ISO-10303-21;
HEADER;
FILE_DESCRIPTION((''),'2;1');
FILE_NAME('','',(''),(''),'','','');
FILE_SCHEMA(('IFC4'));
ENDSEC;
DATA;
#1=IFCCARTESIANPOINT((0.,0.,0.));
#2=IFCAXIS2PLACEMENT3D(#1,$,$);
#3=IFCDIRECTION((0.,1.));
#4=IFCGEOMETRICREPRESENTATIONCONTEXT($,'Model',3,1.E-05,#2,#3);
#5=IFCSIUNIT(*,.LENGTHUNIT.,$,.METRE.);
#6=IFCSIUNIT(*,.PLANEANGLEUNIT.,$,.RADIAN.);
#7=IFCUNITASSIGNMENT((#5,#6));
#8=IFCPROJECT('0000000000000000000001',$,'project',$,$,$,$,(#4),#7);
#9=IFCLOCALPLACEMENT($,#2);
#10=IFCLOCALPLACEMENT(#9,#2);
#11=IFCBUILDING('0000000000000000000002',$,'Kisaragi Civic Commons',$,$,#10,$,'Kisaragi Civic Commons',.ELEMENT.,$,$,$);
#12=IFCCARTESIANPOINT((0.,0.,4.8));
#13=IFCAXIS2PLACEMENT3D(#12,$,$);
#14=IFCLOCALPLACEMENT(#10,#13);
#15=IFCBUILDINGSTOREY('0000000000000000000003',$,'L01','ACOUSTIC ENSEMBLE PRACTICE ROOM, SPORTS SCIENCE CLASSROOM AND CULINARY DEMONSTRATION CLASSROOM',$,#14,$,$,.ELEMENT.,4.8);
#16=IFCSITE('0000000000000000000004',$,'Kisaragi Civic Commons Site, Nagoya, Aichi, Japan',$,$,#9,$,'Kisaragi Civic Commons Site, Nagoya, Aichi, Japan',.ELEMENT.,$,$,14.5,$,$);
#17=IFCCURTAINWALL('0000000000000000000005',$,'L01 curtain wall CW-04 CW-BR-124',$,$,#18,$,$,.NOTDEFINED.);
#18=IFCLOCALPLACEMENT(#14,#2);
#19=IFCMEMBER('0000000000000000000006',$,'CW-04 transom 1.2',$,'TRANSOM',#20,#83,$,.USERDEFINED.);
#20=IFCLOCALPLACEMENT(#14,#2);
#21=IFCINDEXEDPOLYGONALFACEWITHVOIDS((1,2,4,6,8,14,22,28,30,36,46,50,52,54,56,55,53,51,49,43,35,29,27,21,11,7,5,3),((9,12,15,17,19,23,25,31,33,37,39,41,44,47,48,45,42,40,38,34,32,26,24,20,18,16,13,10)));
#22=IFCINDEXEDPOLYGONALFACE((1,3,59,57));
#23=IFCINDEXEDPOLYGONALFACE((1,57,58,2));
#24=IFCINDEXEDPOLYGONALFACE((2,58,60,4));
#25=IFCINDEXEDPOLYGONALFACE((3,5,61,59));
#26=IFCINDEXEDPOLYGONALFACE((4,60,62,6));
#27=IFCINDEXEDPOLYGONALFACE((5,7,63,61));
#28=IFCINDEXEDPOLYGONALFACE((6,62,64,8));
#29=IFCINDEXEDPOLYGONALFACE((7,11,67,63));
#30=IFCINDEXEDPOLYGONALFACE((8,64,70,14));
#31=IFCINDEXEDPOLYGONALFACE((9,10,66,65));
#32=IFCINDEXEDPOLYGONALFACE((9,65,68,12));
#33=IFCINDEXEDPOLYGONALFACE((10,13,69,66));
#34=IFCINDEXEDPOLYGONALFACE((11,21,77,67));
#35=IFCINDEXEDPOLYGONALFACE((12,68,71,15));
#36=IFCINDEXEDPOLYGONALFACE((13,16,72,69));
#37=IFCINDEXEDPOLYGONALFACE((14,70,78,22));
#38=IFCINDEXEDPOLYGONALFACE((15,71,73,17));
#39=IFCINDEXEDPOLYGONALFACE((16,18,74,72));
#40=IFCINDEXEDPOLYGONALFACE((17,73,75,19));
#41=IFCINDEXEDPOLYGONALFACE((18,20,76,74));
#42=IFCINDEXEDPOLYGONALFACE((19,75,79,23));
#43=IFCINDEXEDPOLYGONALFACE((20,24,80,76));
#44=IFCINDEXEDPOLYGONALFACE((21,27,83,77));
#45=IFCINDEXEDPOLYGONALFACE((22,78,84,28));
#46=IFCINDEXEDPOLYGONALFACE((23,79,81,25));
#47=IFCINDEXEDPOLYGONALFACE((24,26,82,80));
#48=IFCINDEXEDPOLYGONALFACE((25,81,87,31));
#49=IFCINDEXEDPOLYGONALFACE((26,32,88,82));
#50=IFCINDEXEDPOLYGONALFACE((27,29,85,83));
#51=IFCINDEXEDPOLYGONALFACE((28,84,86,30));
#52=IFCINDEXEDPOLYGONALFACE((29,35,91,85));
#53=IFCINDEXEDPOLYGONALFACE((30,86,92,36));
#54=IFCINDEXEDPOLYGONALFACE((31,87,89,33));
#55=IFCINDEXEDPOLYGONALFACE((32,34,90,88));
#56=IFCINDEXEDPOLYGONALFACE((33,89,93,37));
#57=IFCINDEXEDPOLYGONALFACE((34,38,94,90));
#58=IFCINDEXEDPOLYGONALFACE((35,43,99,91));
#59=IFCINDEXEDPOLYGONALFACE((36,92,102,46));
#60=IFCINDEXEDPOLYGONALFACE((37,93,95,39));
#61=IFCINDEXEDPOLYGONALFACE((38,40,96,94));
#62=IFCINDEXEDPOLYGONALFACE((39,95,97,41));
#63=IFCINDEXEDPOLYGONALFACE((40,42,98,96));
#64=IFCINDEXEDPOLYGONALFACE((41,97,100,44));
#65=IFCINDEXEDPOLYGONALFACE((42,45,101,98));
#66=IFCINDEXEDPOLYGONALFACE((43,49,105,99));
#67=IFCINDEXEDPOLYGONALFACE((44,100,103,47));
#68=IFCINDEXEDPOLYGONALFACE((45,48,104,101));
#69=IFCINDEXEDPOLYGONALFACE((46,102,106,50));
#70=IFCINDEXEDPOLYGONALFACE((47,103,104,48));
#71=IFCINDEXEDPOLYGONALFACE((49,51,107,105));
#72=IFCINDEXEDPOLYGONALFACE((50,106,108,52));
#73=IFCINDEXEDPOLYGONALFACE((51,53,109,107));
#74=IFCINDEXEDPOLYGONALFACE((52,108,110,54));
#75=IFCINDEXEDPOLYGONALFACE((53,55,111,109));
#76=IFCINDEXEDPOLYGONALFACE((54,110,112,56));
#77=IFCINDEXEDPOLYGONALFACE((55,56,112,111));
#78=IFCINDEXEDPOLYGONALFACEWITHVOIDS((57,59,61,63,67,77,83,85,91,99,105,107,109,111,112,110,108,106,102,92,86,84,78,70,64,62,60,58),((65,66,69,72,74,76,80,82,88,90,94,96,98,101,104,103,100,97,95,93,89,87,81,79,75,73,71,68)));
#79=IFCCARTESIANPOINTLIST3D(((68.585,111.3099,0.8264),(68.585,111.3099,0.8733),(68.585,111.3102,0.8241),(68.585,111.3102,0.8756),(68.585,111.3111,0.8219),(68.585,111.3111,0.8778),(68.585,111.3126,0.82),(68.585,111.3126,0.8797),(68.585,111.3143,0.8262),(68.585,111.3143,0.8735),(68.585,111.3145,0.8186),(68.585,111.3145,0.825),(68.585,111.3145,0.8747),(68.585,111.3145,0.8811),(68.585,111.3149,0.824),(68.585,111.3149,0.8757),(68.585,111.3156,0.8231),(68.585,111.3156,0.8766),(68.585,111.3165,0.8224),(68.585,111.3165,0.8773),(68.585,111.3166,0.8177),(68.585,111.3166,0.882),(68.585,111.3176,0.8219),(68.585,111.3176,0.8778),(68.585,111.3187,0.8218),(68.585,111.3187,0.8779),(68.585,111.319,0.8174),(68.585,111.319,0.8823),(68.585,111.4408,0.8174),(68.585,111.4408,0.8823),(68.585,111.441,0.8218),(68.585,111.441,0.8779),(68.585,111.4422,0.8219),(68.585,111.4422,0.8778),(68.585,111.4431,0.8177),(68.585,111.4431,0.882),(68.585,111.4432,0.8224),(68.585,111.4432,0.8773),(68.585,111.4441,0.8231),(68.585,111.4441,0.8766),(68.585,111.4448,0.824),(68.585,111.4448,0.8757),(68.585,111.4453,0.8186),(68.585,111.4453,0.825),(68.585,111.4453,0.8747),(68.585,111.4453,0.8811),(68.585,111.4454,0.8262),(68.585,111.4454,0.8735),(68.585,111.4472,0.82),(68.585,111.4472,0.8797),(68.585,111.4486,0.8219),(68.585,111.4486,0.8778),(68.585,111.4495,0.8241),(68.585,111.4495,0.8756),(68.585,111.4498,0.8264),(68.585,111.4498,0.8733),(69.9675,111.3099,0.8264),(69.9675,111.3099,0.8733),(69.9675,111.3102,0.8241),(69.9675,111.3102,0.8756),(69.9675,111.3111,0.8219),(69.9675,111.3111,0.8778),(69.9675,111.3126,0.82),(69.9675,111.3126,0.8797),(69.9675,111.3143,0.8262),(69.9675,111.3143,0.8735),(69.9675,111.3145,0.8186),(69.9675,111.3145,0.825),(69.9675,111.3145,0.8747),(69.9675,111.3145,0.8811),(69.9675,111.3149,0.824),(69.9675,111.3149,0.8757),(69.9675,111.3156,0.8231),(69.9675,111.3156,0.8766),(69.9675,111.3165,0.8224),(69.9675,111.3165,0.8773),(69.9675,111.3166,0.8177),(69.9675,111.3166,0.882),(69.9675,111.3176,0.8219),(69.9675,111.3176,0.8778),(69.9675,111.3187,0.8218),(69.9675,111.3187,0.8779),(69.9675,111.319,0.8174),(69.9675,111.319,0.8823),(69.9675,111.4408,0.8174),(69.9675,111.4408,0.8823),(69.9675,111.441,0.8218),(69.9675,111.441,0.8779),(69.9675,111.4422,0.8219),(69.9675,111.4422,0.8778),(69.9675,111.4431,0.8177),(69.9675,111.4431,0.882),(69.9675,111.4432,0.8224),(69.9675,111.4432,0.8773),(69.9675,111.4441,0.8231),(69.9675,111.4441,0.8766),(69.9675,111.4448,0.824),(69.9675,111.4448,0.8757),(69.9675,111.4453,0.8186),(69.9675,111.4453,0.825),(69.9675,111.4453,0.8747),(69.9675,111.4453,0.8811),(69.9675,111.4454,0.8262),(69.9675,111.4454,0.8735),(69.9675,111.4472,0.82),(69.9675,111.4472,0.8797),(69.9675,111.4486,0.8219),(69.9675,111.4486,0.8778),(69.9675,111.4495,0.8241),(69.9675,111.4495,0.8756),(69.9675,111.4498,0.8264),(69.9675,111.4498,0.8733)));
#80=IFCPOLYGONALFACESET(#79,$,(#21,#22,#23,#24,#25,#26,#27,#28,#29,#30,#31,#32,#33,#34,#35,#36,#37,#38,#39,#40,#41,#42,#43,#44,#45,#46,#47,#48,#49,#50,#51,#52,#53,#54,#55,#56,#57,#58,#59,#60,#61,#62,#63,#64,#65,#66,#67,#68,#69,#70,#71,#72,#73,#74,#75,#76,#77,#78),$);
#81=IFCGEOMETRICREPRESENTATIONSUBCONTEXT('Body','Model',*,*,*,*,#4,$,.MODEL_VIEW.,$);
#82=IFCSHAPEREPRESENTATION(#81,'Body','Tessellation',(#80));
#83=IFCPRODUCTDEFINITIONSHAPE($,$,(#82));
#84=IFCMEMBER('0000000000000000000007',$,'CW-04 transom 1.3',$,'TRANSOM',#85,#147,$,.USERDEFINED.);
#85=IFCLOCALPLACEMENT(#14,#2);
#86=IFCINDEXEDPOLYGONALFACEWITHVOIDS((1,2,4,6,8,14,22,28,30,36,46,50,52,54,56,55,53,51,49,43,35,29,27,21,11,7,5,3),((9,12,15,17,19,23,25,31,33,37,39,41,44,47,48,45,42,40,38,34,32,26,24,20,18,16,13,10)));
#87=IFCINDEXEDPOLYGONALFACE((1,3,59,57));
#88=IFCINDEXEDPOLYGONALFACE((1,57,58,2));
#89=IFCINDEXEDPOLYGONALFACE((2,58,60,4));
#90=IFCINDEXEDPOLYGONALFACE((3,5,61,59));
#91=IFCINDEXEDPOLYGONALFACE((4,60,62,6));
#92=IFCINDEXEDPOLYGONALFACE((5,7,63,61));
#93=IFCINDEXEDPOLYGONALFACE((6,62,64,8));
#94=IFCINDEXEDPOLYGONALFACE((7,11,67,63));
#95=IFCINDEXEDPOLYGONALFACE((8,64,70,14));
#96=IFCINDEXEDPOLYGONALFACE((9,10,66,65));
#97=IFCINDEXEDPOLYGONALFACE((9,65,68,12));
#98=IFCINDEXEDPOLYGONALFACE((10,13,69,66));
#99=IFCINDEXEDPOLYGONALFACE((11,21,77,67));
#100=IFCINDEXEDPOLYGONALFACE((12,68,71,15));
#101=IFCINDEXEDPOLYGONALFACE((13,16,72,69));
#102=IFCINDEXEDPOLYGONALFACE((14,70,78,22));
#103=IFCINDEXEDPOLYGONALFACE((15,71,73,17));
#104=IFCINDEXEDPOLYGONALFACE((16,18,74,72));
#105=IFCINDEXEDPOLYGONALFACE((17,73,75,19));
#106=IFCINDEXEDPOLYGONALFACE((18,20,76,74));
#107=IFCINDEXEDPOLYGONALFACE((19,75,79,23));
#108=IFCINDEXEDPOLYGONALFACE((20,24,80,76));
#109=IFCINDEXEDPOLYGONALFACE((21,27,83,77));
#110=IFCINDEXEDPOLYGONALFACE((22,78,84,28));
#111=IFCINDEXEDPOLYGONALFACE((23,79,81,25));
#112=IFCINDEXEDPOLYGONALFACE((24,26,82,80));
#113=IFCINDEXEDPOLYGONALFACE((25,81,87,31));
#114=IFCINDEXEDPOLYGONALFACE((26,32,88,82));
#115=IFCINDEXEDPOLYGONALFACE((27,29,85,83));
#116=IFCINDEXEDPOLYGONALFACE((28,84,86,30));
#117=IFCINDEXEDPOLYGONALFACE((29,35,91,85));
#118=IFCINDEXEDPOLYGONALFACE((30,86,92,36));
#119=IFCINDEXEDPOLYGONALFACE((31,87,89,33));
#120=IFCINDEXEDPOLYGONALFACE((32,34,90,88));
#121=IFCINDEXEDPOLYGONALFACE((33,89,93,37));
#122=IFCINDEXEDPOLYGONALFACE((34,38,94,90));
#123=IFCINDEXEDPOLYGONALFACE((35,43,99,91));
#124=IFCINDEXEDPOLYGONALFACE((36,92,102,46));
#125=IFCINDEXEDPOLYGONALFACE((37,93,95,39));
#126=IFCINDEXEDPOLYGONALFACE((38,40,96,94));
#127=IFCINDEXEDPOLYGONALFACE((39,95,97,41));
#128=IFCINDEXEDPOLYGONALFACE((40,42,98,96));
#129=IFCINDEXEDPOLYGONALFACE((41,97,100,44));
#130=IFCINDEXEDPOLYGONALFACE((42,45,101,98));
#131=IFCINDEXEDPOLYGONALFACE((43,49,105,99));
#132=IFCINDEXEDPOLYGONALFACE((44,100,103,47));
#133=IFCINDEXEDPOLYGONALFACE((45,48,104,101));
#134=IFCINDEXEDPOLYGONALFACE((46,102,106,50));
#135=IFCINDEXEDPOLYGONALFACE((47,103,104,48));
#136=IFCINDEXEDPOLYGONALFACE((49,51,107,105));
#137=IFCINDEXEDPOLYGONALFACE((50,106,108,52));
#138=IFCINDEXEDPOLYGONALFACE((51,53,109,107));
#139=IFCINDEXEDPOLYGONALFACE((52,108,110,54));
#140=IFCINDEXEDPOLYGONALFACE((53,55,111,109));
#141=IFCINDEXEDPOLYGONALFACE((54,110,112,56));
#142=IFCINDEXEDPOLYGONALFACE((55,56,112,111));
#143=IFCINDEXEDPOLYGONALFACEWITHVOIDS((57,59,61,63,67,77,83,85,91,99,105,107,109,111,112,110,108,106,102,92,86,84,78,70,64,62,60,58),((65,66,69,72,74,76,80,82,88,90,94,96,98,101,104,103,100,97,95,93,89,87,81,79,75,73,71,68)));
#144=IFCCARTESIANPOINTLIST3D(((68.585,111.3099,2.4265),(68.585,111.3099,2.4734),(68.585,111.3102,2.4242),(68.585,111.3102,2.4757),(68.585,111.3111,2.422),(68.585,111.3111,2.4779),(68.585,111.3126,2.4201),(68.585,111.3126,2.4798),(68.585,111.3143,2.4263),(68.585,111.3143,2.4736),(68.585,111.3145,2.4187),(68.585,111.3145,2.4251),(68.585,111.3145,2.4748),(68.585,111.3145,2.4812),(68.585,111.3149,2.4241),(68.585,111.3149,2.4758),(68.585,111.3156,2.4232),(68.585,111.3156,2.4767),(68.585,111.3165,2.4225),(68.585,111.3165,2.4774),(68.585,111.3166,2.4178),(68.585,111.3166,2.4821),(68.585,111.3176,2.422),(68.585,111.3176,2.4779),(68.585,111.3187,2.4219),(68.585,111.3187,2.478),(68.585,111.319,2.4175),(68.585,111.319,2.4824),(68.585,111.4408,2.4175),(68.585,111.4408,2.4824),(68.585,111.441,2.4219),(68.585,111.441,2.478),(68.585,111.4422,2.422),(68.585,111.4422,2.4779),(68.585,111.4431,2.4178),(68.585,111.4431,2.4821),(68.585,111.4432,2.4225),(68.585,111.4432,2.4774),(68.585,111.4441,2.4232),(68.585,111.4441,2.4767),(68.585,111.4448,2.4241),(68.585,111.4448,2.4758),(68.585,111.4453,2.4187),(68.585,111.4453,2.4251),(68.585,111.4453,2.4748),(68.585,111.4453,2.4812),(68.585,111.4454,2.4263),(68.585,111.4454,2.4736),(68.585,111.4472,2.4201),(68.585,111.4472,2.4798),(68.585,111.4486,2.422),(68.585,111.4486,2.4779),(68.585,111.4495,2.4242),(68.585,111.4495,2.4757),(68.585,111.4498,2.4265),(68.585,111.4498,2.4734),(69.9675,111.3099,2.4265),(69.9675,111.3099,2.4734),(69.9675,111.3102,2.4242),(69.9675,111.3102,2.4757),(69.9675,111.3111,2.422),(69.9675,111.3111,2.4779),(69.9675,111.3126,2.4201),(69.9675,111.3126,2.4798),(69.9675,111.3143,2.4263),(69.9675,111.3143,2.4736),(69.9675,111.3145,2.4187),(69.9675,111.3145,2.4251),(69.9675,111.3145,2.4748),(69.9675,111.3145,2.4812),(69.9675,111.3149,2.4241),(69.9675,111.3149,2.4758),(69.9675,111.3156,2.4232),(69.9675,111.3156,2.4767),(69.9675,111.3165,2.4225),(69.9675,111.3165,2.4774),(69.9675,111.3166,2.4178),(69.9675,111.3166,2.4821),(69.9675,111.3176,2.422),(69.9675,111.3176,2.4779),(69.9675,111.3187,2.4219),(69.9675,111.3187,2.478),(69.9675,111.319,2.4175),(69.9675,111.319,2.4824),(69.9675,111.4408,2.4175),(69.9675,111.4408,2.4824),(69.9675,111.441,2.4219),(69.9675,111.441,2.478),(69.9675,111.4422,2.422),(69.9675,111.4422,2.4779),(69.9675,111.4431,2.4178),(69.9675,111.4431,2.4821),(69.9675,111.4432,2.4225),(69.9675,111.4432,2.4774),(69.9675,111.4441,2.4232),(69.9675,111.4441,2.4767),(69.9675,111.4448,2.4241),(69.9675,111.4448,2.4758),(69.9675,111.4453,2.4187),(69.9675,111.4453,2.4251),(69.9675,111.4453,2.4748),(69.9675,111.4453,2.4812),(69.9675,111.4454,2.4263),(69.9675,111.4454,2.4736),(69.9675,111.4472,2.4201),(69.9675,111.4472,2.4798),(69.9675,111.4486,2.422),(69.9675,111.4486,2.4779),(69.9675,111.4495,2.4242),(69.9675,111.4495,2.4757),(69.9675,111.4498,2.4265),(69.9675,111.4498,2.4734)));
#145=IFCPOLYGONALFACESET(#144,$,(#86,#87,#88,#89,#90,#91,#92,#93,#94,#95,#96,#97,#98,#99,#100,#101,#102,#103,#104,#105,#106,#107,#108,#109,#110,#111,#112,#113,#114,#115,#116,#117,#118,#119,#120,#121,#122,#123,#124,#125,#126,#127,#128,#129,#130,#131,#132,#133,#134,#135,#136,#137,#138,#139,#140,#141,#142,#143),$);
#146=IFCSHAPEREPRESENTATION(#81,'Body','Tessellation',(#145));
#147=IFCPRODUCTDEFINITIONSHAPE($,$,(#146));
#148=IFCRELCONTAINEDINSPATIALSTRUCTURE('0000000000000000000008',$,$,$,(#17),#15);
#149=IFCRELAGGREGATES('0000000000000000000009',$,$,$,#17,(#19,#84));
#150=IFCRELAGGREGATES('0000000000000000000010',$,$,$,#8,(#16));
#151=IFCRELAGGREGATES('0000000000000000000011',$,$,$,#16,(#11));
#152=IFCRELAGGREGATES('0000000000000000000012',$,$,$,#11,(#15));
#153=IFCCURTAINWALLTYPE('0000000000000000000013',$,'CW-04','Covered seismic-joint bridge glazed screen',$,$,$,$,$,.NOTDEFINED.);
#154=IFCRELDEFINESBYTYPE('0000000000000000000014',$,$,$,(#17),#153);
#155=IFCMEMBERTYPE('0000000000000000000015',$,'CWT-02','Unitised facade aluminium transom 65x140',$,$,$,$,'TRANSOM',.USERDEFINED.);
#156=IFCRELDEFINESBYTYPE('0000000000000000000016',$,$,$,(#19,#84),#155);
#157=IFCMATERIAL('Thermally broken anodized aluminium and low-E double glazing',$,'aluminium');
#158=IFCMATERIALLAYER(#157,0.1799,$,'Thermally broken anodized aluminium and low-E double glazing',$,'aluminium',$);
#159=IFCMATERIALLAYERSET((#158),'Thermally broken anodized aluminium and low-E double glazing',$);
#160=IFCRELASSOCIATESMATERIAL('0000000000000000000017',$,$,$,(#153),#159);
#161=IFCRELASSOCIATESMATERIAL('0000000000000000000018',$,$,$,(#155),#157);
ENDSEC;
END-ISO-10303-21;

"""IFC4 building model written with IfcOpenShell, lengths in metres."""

from ifc_helpers import new_model, si_unit, direction, frame, origin, origin_2d, place, context, subcontext, project, spatial, hollow_rectangle, extrude, material, layer, layer_set, material_profile, profile_set, type_object, element, aggregate, save


model = new_model("IFC4")

# Units and contexts
model_context = context("Model", 3, precision=1e-05, world=origin(), true_north=direction((0.0, 1.0)))
body_context = subcontext(model_context, "Body", "Model", "MODEL_VIEW")
ifc_project = project(units=[si_unit("LENGTHUNIT", "METRE"), si_unit("PLANEANGLEUNIT", "RADIAN")], contexts=[model_context])

# Site, building, storey
site_placement = place(None, origin())
site = spatial("IfcSite", under=ifc_project, at=site_placement, Name="Kisaragi Civic Commons Site, Nagoya, Aichi, Japan", LongName="Kisaragi Civic Commons Site, Nagoya, Aichi, Japan", CompositionType="ELEMENT", RefElevation=14.5)
building_placement = place(site_placement, origin())
building = spatial("IfcBuilding", under=site, at=building_placement, Name="Kisaragi Civic Commons", LongName="Kisaragi Civic Commons", CompositionType="ELEMENT")
storey_placement = place(building_placement, frame((0.0, 0.0, 4.8)))
storey = spatial("IfcBuildingStorey", under=building, at=storey_placement, Name="L01", Description="ACOUSTIC ENSEMBLE PRACTICE ROOM, SPORTS SCIENCE CLASSROOM AND CULINARY DEMONSTRATION CLASSROOM", CompositionType="ELEMENT", Elevation=4.8)

# Shared definitions
ifc_material = material(Name="Thermally broken anodized aluminium and low-E double glazing", Category="aluminium")

# Curtain wall, members
ifc_layer_1 = layer(ifc_material, 0.1799, Name="Thermally broken anodized aluminium and low-E double glazing", Category="aluminium")
ifc_layer_set_1 = layer_set([ifc_layer_1], Name="Thermally broken anodized aluminium and low-E double glazing")
curtain_wall_type_1 = type_object("IfcCurtainWallType", Name="CW-04", Description="Covered seismic-joint bridge glazed screen", PredefinedType="NOTDEFINED", material=ifc_layer_set_1)
ifc_material_profile_1 = material_profile(ifc_material, hollow_rectangle(XDim=0.1399, YDim=0.0649, WallThickness=0.0044, InnerFilletRadius=0.0044, OuterFilletRadius=0.009, at=origin_2d()), Name="CWT-65x140x4.5", Category="aluminium")
ifc_profile_set_1 = profile_set([ifc_material_profile_1], Name="Thermally broken anodized aluminium and low-E double glazing")
member_type_1 = type_object("IfcMemberType", Name="CWT-02", Description="Unitised facade aluminium transom 65x140", ElementType="TRANSOM", PredefinedType="USERDEFINED", material=ifc_profile_set_1)
curtain_wall_1_placement = place(storey_placement, origin())
curtain_wall_1 = element("IfcCurtainWall", 1, at=curtain_wall_1_placement, inside=storey, type_object=curtain_wall_type_1, Name="L01 curtain wall CW-04 CW-BR-124", PredefinedType="NOTDEFINED")
member_1_placement = place(storey_placement, frame((68.585, 111.3799, 0.8499), z_axis=(1.0, 0.0, 0.0), x_axis=(0.0, 1.0, 0.0)))
member_1 = element("IfcMember", 2, at=member_1_placement, type_object=member_type_1, Name="CW-04 transom 1.2", ObjectType="TRANSOM", PredefinedType="USERDEFINED", context=body_context, shape_type="SweptSolid", body=[
    extrude(hollow_rectangle(XDim=0.1399, YDim=0.0649, WallThickness=0.0044, InnerFilletRadius=0.0044, OuterFilletRadius=0.009, at=origin_2d()), origin(), (0.0, 0.0, 1.0), 1.3826),
])
member_2_placement = place(storey_placement, frame((68.585, 111.3799, 2.45), z_axis=(1.0, 0.0, 0.0), x_axis=(0.0, 1.0, 0.0)))
member_2 = element("IfcMember", 3, at=member_2_placement, type_object=member_type_1, Name="CW-04 transom 1.3", ObjectType="TRANSOM", PredefinedType="USERDEFINED", context=body_context, shape_type="SweptSolid", body=[
    extrude(hollow_rectangle(XDim=0.1399, YDim=0.0649, WallThickness=0.0044, InnerFilletRadius=0.0044, OuterFilletRadius=0.009, at=origin_2d()), origin(), (0.0, 0.0, 1.0), 1.3826),
])
aggregate(curtain_wall_1, [member_1, member_2])

save(model, "model.ifc")
